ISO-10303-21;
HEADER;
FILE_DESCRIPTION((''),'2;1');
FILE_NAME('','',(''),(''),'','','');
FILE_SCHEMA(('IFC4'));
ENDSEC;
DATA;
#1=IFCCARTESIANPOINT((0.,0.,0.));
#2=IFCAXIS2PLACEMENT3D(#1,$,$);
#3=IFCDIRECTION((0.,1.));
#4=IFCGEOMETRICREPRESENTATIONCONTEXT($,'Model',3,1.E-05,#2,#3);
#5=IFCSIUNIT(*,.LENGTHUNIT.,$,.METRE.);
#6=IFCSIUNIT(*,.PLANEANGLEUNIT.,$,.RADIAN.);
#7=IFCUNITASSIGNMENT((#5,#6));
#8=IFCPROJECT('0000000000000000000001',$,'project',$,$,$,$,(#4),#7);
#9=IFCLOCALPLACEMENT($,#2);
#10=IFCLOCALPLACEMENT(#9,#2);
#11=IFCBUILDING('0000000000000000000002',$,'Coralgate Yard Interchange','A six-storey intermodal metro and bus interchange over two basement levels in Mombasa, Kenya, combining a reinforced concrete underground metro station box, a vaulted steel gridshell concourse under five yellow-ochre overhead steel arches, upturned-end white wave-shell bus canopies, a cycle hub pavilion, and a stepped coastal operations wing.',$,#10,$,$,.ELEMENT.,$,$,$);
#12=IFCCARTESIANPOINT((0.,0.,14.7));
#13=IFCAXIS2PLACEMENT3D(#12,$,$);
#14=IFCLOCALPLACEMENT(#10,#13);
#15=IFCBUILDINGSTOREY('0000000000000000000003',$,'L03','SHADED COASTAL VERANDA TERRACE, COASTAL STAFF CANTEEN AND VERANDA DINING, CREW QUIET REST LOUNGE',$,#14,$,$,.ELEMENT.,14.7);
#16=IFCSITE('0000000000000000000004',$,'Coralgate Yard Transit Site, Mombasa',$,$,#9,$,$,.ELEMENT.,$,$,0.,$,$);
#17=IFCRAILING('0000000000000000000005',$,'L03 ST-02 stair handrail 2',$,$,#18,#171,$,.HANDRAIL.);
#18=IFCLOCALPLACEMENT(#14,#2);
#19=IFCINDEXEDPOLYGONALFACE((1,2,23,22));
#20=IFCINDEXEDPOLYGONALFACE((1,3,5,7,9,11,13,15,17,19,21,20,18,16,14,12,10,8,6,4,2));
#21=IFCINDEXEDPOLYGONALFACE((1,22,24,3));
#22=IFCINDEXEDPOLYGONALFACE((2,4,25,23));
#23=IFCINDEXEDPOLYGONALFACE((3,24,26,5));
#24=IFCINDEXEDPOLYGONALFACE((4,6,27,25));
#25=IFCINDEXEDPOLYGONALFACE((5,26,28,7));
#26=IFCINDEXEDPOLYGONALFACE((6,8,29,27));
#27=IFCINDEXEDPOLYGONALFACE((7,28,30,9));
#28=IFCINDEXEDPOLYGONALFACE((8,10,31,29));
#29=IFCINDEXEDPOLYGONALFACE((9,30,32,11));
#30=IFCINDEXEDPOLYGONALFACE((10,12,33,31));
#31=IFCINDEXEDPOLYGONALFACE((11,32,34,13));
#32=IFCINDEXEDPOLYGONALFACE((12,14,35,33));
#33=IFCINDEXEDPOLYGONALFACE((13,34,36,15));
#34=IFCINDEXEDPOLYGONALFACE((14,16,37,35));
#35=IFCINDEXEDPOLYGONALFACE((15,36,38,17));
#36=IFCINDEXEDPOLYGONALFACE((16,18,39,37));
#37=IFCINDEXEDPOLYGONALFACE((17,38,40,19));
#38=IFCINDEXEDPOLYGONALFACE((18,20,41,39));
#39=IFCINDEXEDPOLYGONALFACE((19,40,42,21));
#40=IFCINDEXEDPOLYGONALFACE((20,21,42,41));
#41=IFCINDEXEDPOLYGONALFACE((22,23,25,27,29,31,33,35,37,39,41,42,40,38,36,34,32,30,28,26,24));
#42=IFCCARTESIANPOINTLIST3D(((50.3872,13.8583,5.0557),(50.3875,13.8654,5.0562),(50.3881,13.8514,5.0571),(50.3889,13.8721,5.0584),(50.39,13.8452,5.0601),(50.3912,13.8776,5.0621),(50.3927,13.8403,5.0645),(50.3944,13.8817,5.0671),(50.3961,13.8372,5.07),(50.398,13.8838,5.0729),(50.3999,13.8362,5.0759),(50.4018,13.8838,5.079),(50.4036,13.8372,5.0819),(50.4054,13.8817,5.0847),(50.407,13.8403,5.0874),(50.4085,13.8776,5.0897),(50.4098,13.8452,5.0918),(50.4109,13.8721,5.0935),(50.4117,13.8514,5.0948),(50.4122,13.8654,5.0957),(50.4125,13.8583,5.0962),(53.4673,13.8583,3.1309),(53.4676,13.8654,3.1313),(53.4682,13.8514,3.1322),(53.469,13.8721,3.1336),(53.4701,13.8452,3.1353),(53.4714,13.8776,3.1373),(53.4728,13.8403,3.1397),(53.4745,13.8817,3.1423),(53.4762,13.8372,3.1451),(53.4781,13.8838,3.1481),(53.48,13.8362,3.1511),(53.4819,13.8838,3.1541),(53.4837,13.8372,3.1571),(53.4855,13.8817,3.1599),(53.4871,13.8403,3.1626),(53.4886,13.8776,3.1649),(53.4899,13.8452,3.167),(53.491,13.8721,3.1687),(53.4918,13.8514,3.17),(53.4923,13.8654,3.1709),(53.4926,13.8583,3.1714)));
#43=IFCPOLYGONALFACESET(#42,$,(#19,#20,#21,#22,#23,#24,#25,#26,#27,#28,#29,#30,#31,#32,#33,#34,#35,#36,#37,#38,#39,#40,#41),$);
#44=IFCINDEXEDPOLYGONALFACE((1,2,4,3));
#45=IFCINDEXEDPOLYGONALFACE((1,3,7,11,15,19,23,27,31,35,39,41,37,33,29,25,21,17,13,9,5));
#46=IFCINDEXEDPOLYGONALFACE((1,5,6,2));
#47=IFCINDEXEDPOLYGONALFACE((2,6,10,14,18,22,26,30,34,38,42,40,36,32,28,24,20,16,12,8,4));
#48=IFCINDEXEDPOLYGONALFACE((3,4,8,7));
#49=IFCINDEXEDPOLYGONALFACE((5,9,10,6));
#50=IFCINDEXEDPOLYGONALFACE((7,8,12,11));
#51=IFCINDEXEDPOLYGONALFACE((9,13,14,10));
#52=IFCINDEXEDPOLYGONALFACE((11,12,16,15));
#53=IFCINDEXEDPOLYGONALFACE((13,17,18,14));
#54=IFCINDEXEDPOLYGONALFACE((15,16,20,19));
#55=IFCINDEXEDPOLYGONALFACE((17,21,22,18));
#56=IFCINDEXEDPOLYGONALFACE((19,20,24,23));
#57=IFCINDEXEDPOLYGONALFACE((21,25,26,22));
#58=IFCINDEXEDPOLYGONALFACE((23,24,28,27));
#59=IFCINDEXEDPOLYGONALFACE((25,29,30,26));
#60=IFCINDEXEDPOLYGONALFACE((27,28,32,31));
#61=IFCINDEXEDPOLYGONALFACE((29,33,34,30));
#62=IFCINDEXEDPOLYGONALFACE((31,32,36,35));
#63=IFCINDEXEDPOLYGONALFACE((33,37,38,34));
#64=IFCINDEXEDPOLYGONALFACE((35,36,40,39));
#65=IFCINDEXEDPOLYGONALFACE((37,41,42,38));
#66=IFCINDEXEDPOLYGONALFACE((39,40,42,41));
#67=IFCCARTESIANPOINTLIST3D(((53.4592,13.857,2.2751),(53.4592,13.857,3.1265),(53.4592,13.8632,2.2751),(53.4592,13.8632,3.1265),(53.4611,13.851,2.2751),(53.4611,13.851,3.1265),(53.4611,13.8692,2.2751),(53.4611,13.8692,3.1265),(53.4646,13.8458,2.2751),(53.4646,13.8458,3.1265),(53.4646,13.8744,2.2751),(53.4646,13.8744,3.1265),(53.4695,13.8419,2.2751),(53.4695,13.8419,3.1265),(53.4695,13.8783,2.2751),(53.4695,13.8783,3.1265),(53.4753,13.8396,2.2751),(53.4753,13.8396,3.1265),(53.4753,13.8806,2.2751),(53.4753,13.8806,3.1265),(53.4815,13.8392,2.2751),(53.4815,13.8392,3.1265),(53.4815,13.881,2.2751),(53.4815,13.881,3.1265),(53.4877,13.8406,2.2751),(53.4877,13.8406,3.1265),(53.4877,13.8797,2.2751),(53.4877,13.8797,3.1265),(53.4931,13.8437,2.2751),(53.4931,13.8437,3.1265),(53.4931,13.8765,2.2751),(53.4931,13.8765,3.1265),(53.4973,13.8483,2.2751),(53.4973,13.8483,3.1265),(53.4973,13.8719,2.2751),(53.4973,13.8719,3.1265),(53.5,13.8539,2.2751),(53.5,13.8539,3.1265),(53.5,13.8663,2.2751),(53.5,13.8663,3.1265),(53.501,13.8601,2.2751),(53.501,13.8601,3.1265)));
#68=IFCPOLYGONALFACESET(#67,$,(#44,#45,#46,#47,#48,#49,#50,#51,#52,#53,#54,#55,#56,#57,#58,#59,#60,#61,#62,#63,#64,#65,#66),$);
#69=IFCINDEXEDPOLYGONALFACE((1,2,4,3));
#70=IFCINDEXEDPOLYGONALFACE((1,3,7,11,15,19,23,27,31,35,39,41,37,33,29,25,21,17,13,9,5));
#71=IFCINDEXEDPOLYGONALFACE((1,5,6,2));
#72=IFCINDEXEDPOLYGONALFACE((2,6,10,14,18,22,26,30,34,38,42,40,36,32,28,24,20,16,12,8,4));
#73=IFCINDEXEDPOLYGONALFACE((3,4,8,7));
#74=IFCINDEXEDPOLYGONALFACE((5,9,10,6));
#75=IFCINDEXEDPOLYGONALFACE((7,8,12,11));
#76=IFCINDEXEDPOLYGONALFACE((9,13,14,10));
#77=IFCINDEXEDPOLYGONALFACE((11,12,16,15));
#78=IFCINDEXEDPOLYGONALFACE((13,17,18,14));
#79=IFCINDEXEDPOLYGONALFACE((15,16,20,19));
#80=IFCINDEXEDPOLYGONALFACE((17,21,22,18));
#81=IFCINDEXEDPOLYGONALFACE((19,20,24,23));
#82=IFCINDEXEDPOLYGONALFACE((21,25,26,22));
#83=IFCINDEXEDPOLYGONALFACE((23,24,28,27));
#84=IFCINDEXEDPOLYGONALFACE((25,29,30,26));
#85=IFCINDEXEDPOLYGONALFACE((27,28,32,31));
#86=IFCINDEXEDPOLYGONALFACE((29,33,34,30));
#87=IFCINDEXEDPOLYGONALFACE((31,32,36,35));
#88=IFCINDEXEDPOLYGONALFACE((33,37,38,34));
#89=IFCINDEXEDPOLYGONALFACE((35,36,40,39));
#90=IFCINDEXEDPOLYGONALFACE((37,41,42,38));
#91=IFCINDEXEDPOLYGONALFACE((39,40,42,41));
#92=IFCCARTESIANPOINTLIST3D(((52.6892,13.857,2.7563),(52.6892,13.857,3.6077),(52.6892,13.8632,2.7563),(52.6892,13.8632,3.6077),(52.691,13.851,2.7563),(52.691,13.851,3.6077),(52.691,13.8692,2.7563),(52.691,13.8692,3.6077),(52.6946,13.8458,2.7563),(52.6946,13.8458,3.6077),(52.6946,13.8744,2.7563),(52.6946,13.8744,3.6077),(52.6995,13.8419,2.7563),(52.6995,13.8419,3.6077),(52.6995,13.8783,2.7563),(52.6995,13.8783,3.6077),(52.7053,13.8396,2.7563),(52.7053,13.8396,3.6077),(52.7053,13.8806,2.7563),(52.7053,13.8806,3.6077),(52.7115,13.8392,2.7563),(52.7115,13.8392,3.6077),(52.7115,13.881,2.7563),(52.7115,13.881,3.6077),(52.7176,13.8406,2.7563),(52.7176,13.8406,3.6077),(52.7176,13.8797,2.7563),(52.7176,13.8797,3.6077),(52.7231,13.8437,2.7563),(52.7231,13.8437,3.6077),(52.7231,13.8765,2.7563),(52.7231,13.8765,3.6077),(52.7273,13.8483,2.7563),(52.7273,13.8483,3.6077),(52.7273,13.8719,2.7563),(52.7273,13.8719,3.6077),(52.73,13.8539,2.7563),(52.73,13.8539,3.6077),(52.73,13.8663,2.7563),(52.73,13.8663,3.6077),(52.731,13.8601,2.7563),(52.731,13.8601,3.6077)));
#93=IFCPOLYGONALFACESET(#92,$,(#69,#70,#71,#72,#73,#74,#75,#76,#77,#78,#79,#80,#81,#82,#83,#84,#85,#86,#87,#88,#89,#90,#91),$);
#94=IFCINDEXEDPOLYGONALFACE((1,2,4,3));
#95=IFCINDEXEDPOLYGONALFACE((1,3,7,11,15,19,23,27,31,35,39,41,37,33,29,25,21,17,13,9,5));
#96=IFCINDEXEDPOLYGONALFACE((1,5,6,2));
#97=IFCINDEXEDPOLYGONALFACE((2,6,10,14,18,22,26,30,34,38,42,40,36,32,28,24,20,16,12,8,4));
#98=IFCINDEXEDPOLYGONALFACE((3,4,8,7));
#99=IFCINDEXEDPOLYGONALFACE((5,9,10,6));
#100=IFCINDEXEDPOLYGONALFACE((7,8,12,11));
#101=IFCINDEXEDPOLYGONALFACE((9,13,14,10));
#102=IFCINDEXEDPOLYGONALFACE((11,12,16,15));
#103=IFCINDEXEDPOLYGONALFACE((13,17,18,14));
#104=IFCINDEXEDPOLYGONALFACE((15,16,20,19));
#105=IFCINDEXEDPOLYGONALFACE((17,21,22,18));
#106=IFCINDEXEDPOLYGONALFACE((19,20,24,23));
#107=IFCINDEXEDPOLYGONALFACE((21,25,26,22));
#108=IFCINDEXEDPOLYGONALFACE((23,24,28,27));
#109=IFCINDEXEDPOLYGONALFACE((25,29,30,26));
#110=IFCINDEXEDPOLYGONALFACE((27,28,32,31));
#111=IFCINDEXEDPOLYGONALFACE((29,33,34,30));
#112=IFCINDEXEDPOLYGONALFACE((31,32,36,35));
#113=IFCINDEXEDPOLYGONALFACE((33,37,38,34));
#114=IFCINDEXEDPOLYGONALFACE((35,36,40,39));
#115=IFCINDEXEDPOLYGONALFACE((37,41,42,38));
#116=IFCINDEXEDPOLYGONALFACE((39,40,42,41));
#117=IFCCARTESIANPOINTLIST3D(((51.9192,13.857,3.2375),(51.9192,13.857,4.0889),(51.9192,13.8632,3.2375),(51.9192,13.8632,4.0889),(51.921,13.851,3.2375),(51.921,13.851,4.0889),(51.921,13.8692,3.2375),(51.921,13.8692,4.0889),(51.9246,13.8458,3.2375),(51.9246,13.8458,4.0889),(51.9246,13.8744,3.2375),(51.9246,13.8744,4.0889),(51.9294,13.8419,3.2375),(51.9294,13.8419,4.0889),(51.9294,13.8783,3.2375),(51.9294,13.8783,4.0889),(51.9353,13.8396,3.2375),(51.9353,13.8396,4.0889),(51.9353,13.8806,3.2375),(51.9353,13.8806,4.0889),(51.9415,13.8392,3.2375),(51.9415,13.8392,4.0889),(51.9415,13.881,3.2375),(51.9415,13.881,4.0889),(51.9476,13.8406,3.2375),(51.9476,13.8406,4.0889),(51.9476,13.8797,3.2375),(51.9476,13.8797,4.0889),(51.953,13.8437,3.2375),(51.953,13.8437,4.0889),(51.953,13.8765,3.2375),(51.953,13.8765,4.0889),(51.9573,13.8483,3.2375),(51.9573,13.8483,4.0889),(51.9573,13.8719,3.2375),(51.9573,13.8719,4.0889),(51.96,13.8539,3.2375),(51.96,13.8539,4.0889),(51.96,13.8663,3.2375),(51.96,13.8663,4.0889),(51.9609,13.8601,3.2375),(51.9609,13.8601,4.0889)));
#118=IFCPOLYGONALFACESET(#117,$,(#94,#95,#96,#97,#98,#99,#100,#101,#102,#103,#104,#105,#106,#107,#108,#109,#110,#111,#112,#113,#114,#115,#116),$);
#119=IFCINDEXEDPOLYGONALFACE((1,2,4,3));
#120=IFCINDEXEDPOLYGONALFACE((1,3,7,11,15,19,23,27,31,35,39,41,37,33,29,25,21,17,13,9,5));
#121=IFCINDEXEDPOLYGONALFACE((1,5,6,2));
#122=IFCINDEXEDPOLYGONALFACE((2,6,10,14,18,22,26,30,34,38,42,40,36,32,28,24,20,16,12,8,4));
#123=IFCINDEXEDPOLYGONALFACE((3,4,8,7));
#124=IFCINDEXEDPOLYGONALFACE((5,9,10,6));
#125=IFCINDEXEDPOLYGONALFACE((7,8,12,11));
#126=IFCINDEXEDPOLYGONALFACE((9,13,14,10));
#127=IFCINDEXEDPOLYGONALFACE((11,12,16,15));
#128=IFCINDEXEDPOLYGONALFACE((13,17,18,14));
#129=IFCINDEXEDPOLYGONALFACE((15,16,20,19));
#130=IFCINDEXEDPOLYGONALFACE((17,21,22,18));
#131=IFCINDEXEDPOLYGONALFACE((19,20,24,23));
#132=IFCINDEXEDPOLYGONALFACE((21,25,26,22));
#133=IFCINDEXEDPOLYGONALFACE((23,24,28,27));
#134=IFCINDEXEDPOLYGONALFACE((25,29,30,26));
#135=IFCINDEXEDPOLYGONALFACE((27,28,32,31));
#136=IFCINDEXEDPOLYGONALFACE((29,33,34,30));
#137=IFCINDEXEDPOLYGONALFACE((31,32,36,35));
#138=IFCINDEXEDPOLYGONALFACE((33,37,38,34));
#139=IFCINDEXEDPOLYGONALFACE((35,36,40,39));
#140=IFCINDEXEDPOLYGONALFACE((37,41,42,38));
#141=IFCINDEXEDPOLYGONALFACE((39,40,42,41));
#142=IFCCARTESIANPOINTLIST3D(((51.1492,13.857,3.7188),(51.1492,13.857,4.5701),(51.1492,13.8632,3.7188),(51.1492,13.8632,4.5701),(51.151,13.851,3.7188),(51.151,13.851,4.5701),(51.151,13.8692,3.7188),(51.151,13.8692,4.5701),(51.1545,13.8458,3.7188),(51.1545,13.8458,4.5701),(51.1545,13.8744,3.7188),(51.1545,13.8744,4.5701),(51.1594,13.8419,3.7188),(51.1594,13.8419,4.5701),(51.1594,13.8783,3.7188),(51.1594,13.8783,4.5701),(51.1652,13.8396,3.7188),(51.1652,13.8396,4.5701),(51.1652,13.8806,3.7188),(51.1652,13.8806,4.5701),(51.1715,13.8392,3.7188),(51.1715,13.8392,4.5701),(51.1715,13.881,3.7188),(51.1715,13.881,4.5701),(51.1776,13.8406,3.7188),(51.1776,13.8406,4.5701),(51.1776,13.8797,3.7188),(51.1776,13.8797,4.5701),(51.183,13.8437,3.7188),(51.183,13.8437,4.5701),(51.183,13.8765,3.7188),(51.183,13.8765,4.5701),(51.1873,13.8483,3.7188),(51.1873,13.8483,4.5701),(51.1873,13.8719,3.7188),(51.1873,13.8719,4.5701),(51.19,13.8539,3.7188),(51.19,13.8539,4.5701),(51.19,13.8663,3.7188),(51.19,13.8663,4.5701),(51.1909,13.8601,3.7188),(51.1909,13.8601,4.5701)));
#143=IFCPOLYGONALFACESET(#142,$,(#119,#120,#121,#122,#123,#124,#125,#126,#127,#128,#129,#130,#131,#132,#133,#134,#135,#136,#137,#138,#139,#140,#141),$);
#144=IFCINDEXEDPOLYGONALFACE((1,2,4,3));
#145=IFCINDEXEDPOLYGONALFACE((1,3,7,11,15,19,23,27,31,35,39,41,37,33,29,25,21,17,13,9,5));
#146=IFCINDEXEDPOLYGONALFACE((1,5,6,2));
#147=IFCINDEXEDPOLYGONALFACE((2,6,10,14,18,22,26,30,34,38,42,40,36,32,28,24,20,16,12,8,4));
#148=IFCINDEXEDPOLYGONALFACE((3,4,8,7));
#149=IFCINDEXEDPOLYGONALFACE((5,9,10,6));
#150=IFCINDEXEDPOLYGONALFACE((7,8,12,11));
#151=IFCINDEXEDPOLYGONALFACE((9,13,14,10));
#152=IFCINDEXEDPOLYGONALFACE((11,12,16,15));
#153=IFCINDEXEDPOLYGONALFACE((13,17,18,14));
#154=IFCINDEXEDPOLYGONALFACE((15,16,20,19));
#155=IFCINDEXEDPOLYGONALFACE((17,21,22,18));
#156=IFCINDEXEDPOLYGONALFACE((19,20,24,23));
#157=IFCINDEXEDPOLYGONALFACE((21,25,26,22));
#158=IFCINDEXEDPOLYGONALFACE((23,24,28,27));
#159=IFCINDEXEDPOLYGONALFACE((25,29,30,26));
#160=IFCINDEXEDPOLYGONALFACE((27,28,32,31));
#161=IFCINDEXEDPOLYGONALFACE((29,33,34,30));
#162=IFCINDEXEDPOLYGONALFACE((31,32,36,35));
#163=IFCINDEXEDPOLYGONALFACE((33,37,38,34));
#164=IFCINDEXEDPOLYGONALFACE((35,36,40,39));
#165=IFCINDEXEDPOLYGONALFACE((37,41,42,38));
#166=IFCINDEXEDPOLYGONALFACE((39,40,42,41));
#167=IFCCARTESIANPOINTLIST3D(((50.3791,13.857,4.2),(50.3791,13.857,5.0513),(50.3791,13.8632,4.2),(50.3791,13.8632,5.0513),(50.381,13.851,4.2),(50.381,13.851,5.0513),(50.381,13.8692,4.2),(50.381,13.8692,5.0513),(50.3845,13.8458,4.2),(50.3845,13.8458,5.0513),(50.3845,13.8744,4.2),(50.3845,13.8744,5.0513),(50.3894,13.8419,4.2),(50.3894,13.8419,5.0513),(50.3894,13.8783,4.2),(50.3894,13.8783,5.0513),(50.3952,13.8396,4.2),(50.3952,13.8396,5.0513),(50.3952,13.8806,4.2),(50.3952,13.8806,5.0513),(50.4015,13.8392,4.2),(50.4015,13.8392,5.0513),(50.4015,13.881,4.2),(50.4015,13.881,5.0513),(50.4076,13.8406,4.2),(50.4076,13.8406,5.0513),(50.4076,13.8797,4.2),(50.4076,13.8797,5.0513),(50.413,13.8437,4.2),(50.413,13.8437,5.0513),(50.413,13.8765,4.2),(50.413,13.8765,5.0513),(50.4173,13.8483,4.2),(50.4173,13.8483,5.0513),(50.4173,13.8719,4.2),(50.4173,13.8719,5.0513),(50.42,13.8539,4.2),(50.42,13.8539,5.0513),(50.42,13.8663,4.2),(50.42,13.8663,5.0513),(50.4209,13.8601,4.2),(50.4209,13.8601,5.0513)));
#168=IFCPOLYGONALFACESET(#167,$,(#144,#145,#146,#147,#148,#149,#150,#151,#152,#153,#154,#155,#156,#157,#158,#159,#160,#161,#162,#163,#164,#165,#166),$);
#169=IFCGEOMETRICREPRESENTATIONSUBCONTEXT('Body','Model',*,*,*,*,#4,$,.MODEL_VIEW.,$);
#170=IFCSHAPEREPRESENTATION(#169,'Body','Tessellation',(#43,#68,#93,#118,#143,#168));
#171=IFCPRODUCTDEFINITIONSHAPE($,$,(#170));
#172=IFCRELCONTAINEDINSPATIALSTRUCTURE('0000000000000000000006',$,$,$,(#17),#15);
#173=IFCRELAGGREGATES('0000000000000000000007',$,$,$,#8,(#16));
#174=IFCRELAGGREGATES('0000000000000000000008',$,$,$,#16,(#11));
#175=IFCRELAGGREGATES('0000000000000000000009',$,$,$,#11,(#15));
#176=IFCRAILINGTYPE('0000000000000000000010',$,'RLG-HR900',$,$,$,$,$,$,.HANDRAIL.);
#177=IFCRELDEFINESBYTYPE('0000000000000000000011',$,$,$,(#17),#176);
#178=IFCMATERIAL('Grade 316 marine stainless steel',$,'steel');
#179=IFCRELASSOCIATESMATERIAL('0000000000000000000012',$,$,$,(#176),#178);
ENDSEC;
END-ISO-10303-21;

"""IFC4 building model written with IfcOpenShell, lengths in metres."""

from ifc_helpers import new_model, si_unit, direction, frame, origin, origin_2d, place, context, subcontext, project, spatial, circle, extrude, material, type_object, element, save


model = new_model("IFC4")

# Units and contexts
model_context = context("Model", 3, precision=1e-05, world=origin(), true_north=direction((0.0, 1.0)))
body_context = subcontext(model_context, "Body", "Model", "MODEL_VIEW")
ifc_project = project(units=[si_unit("LENGTHUNIT", "METRE"), si_unit("PLANEANGLEUNIT", "RADIAN")], contexts=[model_context])

# Site, building, storey
site_placement = place(None, origin())
site = spatial("IfcSite", under=ifc_project, at=site_placement, Name="Coralgate Yard Transit Site, Mombasa", CompositionType="ELEMENT", RefElevation=0.0)
building_placement = place(site_placement, origin())
building = spatial("IfcBuilding", under=site, at=building_placement, Name="Coralgate Yard Interchange", Description="A six-storey intermodal metro and bus interchange over two basement levels in Mombasa, Kenya, combining a reinforced concrete underground metro station box, a vaulted steel gridshell concourse under five yellow-ochre overhead steel arches, upturned-end white wave-shell bus canopies, a cycle hub pavilion, and a stepped coastal operations wing.", CompositionType="ELEMENT")
storey_placement = place(building_placement, frame((0.0, 0.0, 14.7)))
storey = spatial("IfcBuildingStorey", under=building, at=storey_placement, Name="L03", Description="SHADED COASTAL VERANDA TERRACE, COASTAL STAFF CANTEEN AND VERANDA DINING, CREW QUIET REST LOUNGE", CompositionType="ELEMENT", Elevation=14.7)

# Railing
ifc_material_1 = material(Name="Grade 316 marine stainless steel", Category="steel")
railing_type_1 = type_object("IfcRailingType", Name="RLG-HR900", PredefinedType="HANDRAIL", material=ifc_material_1)
railing_1_placement = place(storey_placement, frame((53.48, 13.8601, 2.2751)))
element("IfcRailing", 1, at=railing_1_placement, inside=storey, type_object=railing_type_1, Name="L03 ST-02 stair handrail 2", PredefinedType="HANDRAIL", context=body_context, shape_type="SweptSolid", body=[
    extrude(circle(Radius=0.0239, at=origin_2d()), frame((0.0, 0.0, 0.876), z_axis=(-0.848029, 0.0, 0.529951), x_axis=(0.0, -1.0, 0.0)), (0.0, 0.0, 1.0), 3.6321),
    extrude(circle(Radius=0.021, at=origin_2d()), origin(), (0.0, 0.0, 1.0), 0.8513),
    extrude(circle(Radius=0.021, at=origin_2d()), frame((-0.77, 0.0, 0.4812)), (0.0, 0.0, 1.0), 0.8513),
    extrude(circle(Radius=0.021, at=origin_2d()), frame((-1.54, 0.0, 0.9624)), (0.0, 0.0, 1.0), 0.8513),
    extrude(circle(Radius=0.021, at=origin_2d()), frame((-2.3101, 0.0, 1.4436)), (0.0, 0.0, 1.0), 0.8513),
    extrude(circle(Radius=0.021, at=origin_2d()), frame((-3.0801, 0.0, 1.9248)), (0.0, 0.0, 1.0), 0.8513),
])

save(model, "model.ifc")
